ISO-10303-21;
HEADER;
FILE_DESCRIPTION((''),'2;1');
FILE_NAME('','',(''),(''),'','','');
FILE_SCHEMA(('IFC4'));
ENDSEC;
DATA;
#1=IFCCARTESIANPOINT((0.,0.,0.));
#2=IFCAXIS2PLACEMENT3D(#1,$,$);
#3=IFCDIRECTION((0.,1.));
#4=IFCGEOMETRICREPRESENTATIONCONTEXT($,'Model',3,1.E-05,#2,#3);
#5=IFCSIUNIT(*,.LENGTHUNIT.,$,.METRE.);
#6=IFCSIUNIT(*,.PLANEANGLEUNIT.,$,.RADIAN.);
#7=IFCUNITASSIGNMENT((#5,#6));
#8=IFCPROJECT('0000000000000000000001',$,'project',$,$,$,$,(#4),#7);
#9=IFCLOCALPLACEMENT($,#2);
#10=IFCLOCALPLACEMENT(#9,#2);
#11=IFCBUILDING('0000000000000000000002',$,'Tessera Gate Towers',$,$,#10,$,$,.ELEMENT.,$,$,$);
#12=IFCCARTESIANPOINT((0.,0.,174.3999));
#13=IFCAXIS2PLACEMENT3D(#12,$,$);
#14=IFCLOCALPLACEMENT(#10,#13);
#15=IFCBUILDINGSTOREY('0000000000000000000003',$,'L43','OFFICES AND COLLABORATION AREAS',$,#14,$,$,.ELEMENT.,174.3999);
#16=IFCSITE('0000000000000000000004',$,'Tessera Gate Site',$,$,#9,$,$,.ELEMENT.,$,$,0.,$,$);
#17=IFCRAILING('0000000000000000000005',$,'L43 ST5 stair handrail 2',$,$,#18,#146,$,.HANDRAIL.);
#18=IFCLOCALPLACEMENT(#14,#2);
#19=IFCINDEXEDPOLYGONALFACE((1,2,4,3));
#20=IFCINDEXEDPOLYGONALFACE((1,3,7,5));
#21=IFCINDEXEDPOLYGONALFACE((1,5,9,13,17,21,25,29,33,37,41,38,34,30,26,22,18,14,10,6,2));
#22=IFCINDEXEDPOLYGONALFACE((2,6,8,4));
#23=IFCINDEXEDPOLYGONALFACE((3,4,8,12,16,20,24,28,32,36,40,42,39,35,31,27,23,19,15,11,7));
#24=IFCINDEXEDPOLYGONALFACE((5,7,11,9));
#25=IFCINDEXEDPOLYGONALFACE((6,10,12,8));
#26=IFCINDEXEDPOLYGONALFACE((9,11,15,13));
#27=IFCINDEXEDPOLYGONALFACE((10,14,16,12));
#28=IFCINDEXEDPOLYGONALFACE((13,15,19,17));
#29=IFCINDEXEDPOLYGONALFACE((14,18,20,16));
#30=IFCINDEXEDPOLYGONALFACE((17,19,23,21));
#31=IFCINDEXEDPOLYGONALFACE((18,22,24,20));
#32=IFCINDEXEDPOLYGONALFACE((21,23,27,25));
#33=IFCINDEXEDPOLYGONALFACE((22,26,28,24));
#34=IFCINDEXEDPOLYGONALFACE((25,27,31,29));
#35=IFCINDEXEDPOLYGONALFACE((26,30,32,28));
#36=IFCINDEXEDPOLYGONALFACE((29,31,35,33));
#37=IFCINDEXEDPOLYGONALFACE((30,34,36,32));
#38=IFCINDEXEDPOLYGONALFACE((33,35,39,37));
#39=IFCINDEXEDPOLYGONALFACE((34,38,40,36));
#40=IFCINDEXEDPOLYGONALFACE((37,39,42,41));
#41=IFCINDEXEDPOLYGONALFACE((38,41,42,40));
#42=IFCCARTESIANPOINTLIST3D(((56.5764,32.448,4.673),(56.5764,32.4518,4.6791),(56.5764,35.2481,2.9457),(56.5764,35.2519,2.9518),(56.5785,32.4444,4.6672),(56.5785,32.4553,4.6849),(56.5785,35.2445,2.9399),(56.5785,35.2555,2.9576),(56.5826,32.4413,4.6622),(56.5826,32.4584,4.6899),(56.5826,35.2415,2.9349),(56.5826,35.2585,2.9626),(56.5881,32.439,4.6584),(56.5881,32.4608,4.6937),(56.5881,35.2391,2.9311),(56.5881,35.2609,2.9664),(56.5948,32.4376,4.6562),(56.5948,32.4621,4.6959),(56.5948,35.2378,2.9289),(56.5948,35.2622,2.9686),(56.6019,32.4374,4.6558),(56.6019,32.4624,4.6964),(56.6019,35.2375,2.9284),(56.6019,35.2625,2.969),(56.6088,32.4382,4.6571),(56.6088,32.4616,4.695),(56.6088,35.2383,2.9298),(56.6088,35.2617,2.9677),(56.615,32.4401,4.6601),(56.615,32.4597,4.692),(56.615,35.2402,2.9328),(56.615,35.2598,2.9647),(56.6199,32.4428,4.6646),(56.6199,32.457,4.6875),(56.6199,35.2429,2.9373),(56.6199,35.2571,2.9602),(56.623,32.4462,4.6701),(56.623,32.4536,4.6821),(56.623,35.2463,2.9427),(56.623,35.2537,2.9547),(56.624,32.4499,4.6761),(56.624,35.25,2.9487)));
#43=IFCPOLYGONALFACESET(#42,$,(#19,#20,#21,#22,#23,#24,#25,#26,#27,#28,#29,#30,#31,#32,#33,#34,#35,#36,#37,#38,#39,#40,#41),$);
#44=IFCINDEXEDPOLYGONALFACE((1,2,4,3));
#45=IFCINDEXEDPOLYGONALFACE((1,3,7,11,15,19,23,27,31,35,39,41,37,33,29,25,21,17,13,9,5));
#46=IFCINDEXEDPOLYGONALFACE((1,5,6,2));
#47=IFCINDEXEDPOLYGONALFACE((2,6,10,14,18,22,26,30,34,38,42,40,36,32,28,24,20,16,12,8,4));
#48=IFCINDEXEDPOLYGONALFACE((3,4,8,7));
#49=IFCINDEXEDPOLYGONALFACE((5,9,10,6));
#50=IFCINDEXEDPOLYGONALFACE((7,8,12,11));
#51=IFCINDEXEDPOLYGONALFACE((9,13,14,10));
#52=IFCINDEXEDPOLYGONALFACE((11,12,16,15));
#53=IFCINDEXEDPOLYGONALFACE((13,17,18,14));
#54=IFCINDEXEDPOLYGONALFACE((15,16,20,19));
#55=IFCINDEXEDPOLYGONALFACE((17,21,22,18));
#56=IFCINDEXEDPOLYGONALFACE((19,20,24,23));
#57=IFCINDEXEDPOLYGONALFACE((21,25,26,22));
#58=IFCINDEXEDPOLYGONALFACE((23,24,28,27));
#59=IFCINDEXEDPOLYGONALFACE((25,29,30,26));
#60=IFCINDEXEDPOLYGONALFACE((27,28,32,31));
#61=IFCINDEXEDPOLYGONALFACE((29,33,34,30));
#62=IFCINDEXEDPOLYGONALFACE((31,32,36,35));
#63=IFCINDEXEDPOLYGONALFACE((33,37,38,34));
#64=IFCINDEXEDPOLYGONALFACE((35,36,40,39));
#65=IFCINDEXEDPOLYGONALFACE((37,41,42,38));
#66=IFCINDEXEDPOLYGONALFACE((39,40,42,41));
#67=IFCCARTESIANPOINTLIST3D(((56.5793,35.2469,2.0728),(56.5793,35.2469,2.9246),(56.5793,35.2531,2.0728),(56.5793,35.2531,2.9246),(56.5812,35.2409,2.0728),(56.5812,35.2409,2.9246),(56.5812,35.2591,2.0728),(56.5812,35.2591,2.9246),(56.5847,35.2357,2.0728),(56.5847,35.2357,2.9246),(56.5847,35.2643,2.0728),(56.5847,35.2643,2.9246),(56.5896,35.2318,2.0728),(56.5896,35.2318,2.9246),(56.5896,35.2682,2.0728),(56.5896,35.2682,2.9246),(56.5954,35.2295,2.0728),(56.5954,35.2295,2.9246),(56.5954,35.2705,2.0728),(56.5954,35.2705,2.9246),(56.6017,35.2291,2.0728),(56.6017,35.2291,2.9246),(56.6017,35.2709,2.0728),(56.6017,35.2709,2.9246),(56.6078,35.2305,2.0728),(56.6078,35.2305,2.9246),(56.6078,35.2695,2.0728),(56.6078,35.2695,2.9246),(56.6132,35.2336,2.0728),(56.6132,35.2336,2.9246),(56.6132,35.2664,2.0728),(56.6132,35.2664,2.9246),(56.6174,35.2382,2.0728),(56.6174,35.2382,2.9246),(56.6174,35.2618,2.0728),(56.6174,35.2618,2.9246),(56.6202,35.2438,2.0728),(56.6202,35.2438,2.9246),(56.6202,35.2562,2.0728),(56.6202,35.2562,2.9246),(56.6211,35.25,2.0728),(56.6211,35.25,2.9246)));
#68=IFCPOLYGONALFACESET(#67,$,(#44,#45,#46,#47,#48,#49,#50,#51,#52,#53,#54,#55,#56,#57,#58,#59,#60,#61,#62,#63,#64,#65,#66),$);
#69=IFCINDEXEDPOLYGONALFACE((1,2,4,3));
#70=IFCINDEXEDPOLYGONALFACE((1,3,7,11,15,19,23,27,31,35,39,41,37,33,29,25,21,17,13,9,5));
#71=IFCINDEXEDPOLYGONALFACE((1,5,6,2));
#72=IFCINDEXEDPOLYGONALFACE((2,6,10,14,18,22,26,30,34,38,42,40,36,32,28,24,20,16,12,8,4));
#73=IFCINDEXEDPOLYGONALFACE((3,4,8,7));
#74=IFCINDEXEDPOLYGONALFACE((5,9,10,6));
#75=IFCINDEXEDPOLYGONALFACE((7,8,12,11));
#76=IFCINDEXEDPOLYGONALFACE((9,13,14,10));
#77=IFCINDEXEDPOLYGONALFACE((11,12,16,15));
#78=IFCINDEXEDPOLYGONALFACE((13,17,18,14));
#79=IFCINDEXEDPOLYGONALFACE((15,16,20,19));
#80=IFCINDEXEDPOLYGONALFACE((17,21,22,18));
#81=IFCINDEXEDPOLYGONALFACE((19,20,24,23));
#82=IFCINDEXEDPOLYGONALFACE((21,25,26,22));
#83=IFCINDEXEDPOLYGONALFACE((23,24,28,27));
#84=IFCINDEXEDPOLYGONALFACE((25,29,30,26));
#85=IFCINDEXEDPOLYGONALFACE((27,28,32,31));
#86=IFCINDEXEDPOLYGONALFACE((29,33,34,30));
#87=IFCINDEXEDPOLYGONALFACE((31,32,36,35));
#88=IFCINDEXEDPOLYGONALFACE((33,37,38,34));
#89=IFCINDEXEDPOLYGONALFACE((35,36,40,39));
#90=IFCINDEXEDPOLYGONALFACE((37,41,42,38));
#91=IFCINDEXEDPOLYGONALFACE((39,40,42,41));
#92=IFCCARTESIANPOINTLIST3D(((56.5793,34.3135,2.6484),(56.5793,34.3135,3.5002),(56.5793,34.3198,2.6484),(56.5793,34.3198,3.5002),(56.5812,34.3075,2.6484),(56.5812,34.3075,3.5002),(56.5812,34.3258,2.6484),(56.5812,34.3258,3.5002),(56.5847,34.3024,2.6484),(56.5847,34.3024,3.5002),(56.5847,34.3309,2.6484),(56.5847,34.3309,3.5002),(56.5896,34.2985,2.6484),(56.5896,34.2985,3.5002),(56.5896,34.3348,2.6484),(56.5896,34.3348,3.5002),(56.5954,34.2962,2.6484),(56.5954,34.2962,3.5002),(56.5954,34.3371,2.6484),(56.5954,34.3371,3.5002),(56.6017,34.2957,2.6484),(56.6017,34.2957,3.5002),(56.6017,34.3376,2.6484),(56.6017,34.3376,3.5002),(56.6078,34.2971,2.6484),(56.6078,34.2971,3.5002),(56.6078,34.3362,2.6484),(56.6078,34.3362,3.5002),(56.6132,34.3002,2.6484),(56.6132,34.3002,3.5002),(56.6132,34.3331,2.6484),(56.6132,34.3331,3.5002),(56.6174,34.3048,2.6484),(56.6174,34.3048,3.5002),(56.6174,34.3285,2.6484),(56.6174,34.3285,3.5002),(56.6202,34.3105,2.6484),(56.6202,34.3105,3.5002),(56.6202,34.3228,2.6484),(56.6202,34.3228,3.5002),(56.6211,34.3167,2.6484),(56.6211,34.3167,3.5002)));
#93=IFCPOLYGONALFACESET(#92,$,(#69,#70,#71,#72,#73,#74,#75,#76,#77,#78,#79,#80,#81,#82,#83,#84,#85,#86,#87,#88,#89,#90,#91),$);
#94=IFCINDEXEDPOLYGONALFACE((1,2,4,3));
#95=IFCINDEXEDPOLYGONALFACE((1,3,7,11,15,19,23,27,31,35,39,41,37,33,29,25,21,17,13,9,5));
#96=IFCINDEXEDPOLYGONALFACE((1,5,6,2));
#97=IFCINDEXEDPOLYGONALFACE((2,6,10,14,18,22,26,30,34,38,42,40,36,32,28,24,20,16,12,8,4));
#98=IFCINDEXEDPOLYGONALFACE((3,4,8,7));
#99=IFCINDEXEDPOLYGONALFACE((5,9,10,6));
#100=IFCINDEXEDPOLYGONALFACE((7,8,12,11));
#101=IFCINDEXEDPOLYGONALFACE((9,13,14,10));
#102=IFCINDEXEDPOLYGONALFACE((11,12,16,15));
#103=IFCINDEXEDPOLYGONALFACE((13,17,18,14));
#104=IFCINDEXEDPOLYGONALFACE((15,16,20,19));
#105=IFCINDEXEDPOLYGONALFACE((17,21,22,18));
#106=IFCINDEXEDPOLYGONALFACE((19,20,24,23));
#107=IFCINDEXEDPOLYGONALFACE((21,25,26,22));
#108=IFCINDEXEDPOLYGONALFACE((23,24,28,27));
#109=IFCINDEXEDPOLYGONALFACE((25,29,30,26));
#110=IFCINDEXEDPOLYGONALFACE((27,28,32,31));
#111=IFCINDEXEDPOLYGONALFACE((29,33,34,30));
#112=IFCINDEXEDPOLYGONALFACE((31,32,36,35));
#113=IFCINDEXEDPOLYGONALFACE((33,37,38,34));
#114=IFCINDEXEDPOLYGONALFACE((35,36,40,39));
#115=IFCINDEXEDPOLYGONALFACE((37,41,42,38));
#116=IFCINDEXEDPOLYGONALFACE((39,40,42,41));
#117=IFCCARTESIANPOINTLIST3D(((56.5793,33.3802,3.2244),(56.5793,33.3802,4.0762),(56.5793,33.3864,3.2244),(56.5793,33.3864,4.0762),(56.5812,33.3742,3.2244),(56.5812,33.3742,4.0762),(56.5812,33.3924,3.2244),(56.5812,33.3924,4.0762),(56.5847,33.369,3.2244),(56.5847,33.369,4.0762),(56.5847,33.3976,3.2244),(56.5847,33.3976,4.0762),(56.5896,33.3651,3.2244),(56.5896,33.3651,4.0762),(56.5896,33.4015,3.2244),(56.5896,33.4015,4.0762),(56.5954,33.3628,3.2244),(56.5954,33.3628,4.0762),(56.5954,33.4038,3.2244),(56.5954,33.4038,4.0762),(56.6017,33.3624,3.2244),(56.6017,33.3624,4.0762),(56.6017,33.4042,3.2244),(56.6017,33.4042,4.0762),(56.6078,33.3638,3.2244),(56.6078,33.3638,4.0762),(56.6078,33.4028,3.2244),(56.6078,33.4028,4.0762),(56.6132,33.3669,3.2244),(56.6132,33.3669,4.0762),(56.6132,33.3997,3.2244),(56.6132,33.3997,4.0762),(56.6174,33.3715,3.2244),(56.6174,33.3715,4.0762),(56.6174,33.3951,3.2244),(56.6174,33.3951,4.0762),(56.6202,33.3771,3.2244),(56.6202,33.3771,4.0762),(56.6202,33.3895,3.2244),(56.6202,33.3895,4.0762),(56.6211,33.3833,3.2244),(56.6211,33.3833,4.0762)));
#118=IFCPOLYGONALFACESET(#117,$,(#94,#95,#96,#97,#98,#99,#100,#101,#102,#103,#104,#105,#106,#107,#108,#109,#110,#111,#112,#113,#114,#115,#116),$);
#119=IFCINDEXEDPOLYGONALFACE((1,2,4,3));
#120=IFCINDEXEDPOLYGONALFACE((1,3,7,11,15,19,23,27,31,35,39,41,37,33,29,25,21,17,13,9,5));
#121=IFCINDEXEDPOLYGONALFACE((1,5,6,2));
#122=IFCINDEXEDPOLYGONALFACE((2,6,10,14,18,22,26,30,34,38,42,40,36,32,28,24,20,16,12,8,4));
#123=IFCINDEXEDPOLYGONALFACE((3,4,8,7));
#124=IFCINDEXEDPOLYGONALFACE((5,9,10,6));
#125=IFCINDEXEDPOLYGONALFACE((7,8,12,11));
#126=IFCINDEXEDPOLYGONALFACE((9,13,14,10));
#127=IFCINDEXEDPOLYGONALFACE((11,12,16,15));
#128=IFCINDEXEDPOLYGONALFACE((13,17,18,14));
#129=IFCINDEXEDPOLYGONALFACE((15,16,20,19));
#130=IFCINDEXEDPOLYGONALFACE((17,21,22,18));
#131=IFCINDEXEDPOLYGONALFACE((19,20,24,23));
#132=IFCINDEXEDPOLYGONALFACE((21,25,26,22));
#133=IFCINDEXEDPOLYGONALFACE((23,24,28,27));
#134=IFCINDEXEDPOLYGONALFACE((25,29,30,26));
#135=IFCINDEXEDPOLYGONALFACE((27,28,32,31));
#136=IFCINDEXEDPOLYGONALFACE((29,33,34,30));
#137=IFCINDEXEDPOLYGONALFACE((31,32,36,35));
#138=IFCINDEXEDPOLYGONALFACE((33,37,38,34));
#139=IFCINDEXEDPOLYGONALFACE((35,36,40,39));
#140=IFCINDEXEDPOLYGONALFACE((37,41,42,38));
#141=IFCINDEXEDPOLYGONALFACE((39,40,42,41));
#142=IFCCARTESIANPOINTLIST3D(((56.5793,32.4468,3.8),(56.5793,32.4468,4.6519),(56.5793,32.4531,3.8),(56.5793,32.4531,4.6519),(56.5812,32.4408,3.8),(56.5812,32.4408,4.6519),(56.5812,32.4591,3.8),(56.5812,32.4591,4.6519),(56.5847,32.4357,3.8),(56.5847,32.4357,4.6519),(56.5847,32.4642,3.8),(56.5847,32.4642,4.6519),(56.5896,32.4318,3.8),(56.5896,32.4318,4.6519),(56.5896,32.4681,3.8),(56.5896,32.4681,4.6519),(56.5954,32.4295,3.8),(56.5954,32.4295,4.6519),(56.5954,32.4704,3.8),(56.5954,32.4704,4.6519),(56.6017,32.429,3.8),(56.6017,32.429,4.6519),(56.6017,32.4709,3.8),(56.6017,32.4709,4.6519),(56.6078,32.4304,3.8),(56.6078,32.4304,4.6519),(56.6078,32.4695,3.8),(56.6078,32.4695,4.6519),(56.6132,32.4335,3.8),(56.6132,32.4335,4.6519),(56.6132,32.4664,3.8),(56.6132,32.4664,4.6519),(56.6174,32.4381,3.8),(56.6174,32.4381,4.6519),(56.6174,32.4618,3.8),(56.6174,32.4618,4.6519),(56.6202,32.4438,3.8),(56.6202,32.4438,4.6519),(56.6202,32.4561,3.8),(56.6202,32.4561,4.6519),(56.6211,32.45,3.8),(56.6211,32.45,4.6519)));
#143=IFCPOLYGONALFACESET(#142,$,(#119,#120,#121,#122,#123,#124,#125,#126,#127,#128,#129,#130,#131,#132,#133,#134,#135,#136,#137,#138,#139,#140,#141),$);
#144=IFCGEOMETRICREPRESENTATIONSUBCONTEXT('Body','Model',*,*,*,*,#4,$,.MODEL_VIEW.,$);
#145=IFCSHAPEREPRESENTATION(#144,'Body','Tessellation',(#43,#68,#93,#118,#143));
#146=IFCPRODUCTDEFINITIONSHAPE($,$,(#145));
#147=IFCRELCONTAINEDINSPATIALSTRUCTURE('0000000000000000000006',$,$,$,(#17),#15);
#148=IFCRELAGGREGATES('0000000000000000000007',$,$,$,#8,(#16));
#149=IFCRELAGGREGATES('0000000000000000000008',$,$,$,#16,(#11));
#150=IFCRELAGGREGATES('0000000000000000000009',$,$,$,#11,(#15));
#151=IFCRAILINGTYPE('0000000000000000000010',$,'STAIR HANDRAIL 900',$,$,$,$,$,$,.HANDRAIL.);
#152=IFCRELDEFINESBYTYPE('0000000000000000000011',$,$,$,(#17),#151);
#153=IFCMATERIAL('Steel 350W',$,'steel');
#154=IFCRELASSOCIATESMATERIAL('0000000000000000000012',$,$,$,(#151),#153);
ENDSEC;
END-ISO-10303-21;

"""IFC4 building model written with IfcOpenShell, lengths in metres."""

from ifc_helpers import new_model, si_unit, direction, frame, origin, origin_2d, place, context, subcontext, project, spatial, circle, extrude, material, type_object, element, save


model = new_model("IFC4")

# Units and contexts
model_context = context("Model", 3, precision=1e-05, world=origin(), true_north=direction((0.0, 1.0)))
body_context = subcontext(model_context, "Body", "Model", "MODEL_VIEW")
ifc_project = project(units=[si_unit("LENGTHUNIT", "METRE"), si_unit("PLANEANGLEUNIT", "RADIAN")], contexts=[model_context])

# Site, building, storey
site_placement = place(None, origin())
site = spatial("IfcSite", under=ifc_project, at=site_placement, Name="Tessera Gate Site", CompositionType="ELEMENT", RefElevation=0.0)
building_placement = place(site_placement, origin())
building = spatial("IfcBuilding", under=site, at=building_placement, Name="Tessera Gate Towers", CompositionType="ELEMENT")
storey_placement = place(building_placement, frame((0.0, 0.0, 174.3999)))
storey = spatial("IfcBuildingStorey", under=building, at=storey_placement, Name="L43", Description="OFFICES AND COLLABORATION AREAS", CompositionType="ELEMENT", Elevation=174.3999)

# Railing
ifc_material_1 = material(Name="Steel 350W", Category="steel")
railing_type_1 = type_object("IfcRailingType", Name="STAIR HANDRAIL 900", PredefinedType="HANDRAIL", material=ifc_material_1)
railing_1_placement = place(storey_placement, frame((56.6001, 35.25, 2.0728)))
element("IfcRailing", 1, at=railing_1_placement, inside=storey, type_object=railing_type_1, Name="L43 ST5 stair handrail 2", PredefinedType="HANDRAIL", context=body_context, shape_type="SweptSolid", body=[
    extrude(circle(Radius=0.0239, at=origin_2d()), frame((0.0, 0.0, 0.876), z_axis=(0.0, -0.85109, 0.52502), x_axis=(1.0, 0.0, 0.0)), (0.0, 0.0, 1.0), 3.29),
    extrude(circle(Radius=0.021, at=origin_2d()), origin(), (0.0, 0.0, 1.0), 0.8518),
    extrude(circle(Radius=0.021, at=origin_2d()), frame((0.0, -0.9333, 0.5757)), (0.0, 0.0, 1.0), 0.8518),
    extrude(circle(Radius=0.021, at=origin_2d()), frame((0.0, -1.8667, 1.1516)), (0.0, 0.0, 1.0), 0.8518),
    extrude(circle(Radius=0.021, at=origin_2d()), frame((0.0, -2.8, 1.7273)), (0.0, 0.0, 1.0), 0.8518),
])

save(model, "model.ifc")
